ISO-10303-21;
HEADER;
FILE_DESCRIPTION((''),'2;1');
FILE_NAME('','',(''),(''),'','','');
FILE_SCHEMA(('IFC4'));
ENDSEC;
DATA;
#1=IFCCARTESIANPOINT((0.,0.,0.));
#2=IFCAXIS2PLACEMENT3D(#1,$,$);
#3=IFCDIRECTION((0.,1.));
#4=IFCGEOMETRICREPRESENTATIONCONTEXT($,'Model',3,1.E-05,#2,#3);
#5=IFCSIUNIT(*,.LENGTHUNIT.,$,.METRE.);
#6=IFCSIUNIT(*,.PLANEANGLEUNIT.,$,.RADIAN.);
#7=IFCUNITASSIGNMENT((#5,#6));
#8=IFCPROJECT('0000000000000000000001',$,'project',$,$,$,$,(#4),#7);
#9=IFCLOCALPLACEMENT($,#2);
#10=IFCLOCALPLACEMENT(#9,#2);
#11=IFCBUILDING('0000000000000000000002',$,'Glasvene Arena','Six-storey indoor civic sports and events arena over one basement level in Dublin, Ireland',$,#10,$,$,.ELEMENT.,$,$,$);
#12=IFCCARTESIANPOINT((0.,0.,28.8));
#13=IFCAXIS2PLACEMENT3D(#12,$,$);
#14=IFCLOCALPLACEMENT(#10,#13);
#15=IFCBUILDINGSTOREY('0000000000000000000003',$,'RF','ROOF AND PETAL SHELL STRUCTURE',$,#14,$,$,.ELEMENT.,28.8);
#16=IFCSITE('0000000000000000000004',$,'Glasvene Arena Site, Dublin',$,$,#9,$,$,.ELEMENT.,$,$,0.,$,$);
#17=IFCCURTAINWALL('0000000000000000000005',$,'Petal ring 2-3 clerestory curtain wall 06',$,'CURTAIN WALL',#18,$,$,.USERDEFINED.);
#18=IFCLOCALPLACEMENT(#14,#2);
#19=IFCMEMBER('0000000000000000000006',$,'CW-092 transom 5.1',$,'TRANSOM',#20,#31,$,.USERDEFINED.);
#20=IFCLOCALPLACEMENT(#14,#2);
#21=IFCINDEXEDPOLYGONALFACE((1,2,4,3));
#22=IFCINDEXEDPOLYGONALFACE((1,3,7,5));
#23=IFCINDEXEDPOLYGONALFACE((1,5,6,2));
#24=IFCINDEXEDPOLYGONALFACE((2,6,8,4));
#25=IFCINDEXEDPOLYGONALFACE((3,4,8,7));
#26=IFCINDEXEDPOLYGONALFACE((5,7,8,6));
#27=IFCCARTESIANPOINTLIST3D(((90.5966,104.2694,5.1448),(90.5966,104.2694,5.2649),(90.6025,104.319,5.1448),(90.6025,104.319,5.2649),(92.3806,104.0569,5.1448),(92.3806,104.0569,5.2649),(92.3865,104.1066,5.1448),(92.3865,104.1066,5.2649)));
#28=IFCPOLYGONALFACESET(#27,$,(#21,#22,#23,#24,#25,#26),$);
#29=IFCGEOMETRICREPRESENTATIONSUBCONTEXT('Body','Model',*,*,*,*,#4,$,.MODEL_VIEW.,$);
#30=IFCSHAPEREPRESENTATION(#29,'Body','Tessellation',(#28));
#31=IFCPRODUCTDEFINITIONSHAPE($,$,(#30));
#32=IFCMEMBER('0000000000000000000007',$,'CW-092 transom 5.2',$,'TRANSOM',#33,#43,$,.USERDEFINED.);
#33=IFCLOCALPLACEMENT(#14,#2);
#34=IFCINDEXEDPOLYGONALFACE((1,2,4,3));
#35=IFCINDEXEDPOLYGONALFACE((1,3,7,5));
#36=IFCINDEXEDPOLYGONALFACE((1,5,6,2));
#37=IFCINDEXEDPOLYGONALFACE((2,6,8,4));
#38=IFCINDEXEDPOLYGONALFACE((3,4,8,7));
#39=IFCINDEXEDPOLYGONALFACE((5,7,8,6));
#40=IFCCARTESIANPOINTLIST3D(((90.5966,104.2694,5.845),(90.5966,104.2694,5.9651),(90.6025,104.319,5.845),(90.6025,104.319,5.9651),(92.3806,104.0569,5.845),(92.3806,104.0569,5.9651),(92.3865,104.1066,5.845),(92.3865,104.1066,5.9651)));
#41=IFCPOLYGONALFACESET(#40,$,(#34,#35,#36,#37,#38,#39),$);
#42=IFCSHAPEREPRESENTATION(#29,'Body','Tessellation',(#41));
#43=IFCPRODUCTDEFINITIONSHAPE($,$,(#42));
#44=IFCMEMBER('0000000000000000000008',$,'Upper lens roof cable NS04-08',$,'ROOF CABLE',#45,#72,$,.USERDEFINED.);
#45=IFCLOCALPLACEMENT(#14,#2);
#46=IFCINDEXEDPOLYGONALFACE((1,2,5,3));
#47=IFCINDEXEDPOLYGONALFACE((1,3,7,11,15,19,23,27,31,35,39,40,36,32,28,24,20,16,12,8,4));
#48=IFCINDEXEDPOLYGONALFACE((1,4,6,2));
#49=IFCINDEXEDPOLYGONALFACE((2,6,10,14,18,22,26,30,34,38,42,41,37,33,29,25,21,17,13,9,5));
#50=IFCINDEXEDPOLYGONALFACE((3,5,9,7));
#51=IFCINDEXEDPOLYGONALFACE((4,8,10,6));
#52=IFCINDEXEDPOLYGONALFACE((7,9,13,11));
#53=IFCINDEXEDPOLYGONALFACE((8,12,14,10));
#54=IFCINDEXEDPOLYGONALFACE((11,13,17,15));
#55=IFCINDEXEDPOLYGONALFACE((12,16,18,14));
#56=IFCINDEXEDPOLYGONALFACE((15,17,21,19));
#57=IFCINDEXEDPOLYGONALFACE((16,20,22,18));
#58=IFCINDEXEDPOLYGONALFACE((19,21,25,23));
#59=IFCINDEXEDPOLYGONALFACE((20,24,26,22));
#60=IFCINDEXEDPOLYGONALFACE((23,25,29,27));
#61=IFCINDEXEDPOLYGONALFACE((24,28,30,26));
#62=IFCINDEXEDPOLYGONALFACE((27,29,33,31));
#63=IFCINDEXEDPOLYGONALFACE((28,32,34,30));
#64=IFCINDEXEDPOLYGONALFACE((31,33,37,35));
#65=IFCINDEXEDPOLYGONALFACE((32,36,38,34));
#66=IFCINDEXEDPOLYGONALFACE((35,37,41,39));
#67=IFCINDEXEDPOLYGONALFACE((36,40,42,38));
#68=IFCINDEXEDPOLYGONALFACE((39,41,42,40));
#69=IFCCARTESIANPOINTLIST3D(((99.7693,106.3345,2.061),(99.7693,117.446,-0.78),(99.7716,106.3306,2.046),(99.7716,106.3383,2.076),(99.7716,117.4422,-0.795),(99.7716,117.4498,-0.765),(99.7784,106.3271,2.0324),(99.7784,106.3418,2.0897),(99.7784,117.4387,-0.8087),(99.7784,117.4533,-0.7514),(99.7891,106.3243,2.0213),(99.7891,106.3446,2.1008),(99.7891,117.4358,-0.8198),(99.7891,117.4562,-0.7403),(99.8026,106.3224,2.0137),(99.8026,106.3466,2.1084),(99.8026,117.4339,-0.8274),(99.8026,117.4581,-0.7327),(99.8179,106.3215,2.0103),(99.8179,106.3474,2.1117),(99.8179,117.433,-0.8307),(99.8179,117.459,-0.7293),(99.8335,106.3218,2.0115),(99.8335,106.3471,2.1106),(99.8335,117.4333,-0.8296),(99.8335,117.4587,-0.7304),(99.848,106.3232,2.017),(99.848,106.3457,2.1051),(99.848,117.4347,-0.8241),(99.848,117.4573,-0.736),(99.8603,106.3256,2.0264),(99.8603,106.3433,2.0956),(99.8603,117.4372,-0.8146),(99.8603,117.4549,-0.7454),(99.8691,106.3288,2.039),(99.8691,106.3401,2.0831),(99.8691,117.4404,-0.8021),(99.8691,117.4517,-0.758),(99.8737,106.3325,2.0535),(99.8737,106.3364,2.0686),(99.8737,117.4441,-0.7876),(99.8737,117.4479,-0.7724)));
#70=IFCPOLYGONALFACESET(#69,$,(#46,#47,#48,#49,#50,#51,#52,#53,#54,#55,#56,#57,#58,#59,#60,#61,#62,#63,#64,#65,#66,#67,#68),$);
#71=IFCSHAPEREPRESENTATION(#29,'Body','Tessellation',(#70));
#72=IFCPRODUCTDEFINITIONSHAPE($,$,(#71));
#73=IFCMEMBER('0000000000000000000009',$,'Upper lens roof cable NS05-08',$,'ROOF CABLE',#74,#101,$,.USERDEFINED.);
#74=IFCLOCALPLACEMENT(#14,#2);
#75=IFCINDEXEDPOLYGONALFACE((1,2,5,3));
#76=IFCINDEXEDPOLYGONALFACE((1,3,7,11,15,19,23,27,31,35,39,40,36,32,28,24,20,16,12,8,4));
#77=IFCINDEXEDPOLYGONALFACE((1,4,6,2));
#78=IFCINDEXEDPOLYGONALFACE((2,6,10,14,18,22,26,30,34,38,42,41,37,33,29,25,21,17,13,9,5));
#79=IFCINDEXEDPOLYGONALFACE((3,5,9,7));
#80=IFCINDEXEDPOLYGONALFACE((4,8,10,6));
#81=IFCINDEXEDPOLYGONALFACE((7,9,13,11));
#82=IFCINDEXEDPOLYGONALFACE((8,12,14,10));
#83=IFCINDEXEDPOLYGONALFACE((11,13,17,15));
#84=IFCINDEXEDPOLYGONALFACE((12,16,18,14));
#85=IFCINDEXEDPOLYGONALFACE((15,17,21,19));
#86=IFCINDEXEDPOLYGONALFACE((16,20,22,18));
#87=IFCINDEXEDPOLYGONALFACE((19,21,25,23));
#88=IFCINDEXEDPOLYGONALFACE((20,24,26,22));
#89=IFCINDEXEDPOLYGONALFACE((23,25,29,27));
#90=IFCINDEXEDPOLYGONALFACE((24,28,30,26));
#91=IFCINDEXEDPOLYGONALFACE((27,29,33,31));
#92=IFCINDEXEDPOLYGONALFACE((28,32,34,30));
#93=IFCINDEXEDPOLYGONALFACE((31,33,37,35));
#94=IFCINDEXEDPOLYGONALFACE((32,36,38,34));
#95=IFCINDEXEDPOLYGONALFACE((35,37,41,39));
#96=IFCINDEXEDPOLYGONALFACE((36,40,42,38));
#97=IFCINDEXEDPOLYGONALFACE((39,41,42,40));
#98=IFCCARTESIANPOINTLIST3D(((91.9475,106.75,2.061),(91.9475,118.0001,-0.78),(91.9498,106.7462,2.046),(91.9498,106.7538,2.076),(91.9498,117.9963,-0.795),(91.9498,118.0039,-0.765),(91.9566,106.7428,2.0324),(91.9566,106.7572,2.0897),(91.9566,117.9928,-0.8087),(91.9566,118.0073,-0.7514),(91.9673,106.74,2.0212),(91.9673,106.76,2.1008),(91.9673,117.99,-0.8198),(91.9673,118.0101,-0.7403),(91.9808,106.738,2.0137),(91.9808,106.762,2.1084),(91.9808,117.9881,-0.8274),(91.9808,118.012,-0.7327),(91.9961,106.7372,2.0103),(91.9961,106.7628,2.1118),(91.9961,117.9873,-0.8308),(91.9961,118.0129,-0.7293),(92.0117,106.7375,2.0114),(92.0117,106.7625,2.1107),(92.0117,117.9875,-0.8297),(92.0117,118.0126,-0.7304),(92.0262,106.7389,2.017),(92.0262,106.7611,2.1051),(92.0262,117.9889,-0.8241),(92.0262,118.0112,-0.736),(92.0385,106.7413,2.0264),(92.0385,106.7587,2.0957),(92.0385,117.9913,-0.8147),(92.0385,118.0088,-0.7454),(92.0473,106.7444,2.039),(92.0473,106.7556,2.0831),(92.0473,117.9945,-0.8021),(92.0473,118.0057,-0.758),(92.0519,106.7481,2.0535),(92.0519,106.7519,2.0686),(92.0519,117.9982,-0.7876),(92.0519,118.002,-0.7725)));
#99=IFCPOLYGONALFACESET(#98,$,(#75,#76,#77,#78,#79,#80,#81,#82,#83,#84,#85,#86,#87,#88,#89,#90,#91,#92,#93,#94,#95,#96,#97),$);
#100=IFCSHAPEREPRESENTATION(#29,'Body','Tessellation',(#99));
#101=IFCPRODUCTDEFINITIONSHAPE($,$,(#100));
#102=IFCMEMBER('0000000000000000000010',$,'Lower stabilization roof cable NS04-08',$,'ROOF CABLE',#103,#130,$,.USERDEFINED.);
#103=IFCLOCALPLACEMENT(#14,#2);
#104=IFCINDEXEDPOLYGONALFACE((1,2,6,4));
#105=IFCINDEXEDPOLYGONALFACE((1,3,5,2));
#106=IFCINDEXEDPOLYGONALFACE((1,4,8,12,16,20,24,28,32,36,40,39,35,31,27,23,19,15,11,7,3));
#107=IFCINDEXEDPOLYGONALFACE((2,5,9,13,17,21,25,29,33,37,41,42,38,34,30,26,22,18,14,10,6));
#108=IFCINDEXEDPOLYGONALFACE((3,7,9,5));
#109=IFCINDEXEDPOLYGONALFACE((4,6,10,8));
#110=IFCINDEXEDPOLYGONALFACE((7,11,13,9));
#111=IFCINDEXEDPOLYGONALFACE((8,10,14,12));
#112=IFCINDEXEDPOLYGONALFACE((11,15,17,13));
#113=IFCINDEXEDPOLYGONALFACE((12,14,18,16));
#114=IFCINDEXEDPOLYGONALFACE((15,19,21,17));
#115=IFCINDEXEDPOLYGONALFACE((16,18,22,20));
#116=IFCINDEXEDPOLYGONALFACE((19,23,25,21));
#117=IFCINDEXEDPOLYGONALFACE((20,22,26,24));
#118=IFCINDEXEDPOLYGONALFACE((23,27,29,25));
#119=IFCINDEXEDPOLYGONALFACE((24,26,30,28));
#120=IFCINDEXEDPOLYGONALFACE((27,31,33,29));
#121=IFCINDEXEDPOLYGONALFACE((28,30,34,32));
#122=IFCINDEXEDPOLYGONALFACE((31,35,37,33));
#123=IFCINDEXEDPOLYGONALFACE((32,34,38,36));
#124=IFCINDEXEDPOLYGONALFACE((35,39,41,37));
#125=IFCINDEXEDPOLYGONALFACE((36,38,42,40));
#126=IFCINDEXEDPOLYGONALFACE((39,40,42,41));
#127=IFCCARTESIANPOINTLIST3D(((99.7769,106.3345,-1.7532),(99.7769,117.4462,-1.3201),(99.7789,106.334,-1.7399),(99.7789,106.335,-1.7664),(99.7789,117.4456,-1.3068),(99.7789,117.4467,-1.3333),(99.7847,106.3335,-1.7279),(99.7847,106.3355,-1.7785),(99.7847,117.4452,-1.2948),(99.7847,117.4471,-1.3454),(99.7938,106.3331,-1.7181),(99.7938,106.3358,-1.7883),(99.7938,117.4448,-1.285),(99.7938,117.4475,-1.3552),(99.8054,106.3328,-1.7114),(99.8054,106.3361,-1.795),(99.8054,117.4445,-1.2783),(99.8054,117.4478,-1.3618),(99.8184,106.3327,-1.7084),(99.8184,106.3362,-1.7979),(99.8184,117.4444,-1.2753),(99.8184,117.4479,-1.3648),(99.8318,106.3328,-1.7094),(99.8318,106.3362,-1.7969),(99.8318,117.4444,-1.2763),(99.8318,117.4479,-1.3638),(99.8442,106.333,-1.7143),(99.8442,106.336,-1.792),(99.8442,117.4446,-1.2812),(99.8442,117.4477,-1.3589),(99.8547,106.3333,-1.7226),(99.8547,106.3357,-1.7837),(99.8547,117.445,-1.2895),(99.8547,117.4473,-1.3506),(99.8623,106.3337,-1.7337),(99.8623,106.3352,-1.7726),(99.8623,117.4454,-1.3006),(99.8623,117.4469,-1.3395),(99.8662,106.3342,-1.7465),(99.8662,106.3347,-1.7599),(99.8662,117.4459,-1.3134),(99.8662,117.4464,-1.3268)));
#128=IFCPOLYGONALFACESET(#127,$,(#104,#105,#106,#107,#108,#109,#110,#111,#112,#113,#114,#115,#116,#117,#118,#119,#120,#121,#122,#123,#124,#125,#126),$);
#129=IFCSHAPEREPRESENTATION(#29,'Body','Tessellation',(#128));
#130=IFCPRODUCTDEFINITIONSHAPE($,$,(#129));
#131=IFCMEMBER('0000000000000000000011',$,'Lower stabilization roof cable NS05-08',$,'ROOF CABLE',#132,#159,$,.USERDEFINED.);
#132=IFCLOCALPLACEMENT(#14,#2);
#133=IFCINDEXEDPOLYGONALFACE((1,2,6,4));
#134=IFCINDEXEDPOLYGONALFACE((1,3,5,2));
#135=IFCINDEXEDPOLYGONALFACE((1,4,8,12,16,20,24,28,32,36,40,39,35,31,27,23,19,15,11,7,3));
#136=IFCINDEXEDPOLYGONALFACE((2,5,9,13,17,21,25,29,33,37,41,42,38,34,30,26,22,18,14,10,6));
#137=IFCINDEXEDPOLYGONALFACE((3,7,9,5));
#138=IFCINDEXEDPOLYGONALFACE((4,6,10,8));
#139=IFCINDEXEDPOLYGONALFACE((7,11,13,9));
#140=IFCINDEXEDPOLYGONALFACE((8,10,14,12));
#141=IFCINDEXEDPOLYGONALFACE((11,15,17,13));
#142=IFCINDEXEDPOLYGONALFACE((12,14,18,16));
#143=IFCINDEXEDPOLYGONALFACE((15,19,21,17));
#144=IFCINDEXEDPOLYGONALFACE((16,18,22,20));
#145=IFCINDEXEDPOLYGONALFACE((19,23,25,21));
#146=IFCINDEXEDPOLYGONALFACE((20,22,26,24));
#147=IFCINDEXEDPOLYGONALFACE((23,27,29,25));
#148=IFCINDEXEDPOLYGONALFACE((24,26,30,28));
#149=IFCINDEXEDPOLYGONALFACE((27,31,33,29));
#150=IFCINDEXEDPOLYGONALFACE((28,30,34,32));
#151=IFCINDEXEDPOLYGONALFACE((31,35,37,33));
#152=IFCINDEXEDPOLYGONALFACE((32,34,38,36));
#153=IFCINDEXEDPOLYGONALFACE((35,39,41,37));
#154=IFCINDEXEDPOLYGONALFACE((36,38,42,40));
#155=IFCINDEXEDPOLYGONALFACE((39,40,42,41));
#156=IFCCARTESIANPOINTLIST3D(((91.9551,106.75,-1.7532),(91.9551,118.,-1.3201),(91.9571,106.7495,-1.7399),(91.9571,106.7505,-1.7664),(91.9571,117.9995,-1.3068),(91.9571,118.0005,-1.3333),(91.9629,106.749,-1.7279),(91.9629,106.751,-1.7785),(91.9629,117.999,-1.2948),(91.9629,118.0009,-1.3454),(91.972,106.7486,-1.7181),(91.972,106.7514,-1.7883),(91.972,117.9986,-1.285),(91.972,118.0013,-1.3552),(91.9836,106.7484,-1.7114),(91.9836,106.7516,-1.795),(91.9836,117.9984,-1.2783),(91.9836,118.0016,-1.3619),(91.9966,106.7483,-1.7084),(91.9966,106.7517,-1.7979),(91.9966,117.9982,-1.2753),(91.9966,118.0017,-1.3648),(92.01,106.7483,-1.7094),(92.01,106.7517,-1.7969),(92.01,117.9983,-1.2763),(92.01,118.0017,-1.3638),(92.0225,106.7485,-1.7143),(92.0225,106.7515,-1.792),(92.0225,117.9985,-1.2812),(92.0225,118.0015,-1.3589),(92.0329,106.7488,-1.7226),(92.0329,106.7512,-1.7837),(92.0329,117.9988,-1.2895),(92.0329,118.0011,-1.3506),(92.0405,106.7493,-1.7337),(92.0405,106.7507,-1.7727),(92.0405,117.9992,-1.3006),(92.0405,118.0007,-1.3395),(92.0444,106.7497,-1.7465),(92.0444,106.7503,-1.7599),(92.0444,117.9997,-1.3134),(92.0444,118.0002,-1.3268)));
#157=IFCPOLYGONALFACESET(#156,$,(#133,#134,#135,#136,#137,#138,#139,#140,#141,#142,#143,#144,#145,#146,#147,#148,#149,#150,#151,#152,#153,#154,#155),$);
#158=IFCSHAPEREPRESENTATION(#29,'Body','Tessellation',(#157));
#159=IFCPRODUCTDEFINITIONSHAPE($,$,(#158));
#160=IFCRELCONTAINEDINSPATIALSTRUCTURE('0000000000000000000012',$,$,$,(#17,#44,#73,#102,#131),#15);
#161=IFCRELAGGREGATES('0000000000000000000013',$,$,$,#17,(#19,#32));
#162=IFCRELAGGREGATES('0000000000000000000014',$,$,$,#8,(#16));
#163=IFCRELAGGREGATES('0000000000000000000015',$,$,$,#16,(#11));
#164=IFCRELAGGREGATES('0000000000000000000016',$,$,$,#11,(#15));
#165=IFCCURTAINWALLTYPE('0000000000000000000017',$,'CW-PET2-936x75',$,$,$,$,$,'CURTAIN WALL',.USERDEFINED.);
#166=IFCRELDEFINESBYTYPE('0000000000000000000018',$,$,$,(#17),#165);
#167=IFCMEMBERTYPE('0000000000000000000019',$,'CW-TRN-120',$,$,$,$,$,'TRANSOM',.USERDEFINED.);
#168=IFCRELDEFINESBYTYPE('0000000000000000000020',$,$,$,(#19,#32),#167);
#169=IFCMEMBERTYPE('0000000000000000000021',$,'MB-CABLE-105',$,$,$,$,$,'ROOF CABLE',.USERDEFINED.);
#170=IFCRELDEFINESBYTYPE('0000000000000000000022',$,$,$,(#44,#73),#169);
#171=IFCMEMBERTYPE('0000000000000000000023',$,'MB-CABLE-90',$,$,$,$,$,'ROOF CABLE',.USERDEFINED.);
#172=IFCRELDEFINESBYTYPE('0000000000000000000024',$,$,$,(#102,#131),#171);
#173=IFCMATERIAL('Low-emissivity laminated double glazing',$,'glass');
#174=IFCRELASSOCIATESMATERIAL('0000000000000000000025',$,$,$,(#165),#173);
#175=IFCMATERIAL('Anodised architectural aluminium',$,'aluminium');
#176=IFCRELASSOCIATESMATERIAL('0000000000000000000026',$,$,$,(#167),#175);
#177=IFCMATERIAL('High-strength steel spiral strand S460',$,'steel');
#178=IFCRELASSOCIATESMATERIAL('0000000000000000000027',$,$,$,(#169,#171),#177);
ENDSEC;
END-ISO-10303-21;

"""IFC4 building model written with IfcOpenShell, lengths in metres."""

from ifc_helpers import new_model, si_unit, direction, frame, origin, origin_2d, place, context, subcontext, project, spatial, rectangle, circle, extrude, material, material_profile, profile_set, type_object, element, aggregate, save


model = new_model("IFC4")

# Units and contexts
model_context = context("Model", 3, precision=1e-05, world=origin(), true_north=direction((0.0, 1.0)))
body_context = subcontext(model_context, "Body", "Model", "MODEL_VIEW")
ifc_project = project(units=[si_unit("LENGTHUNIT", "METRE"), si_unit("PLANEANGLEUNIT", "RADIAN")], contexts=[model_context])

# Site, building, storey
site_placement = place(None, origin())
site = spatial("IfcSite", under=ifc_project, at=site_placement, Name="Glasvene Arena Site, Dublin", CompositionType="ELEMENT", RefElevation=0.0)
building_placement = place(site_placement, origin())
building = spatial("IfcBuilding", under=site, at=building_placement, Name="Glasvene Arena", Description="Six-storey indoor civic sports and events arena over one basement level in Dublin, Ireland", CompositionType="ELEMENT")
storey_placement = place(building_placement, frame((0.0, 0.0, 28.8)))
storey = spatial("IfcBuildingStorey", under=building, at=storey_placement, Name="RF", Description="ROOF AND PETAL SHELL STRUCTURE", CompositionType="ELEMENT", Elevation=28.8)

# Curtain wall
ifc_material_1 = material(Name="Low-emissivity laminated double glazing", Category="glass")
ifc_material_2 = material(Name="Anodised architectural aluminium", Category="aluminium")
curtain_wall_type_1 = type_object("IfcCurtainWallType", Name="CW-PET2-936x75", ElementType="CURTAIN WALL", PredefinedType="USERDEFINED", material=ifc_material_1)
curtain_wall_1_placement = place(storey_placement, frame((99.8416, 103.1943, 0.0)))
curtain_wall_1 = element("IfcCurtainWall", 1, at=curtain_wall_1_placement, inside=storey, type_object=curtain_wall_type_1, Name="Petal ring 2-3 clerestory curtain wall 06", ObjectType="CURTAIN WALL", PredefinedType="USERDEFINED")

# Members
ifc_material_profile_1 = material_profile(ifc_material_2, rectangle(XDim=0.05, YDim=0.1201, at=origin_2d()), Name="ALU TRANSOM 50x120")
ifc_profile_set_1 = profile_set([ifc_material_profile_1], Name="Anodised architectural aluminium")
member_type_1 = type_object("IfcMemberType", Name="CW-TRN-120", ElementType="TRANSOM", PredefinedType="USERDEFINED", material=ifc_profile_set_1)
member_1_placement = place(storey_placement, frame((92.3835, 104.0818, 5.2048), z_axis=(-0.992986, 0.118229, 0.0), x_axis=(-0.118229, -0.992986, 0.0)))
member_1 = element("IfcMember", 2, at=member_1_placement, type_object=member_type_1, Name="CW-092 transom 5.1", ObjectType="TRANSOM", PredefinedType="USERDEFINED", context=body_context, shape_type="SweptSolid", body=[
    extrude(rectangle(XDim=0.05, YDim=0.1201, at=origin_2d()), origin(), (0.0, 0.0, 1.0), 1.7966),
])
member_2_placement = place(storey_placement, frame((92.3835, 104.0818, 5.905), z_axis=(-0.992986, 0.118229, 0.0), x_axis=(-0.118229, -0.992986, 0.0)))
member_2 = element("IfcMember", 3, at=member_2_placement, type_object=member_type_1, Name="CW-092 transom 5.2", ObjectType="TRANSOM", PredefinedType="USERDEFINED", context=body_context, shape_type="SweptSolid", body=[
    extrude(rectangle(XDim=0.05, YDim=0.1201, at=origin_2d()), origin(), (0.0, 0.0, 1.0), 1.7966),
])

# Members
ifc_material_3 = material(Name="High-strength steel spiral strand S460", Category="steel")
ifc_material_profile_2 = material_profile(ifc_material_3, circle(Radius=0.0525, at=origin_2d()), Name="LCSS D105")
ifc_profile_set_2 = profile_set([ifc_material_profile_2], Name="High-strength steel spiral strand S460")
member_type_2 = type_object("IfcMemberType", Name="MB-CABLE-105", ElementType="ROOF CABLE", PredefinedType="USERDEFINED", material=ifc_profile_set_2)
member_3_placement = place(storey_placement, frame((99.8218, 106.3345, 2.061), z_axis=(0.0, 0.968833, -0.247716), x_axis=(-1.0, 0.0, 0.0)))
element("IfcMember", 4, at=member_3_placement, inside=storey, type_object=member_type_2, Name="Upper lens roof cable NS04-08", ObjectType="ROOF CABLE", PredefinedType="USERDEFINED", context=body_context, shape_type="SweptSolid", body=[
    extrude(circle(Radius=0.0525, at=origin_2d()), origin(), (0.0, 0.0, 1.0), 11.469),
])
member_4_placement = place(storey_placement, frame((92.0, 106.75, 2.061), z_axis=(0.0, 0.96956, -0.244852), x_axis=(-1.0, 0.0, 0.0)))
element("IfcMember", 5, at=member_4_placement, inside=storey, type_object=member_type_2, Name="Upper lens roof cable NS05-08", ObjectType="ROOF CABLE", PredefinedType="USERDEFINED", context=body_context, shape_type="SweptSolid", body=[
    extrude(circle(Radius=0.0525, at=origin_2d()), origin(), (0.0, 0.0, 1.0), 11.6033),
])
ifc_material_profile_3 = material_profile(ifc_material_3, circle(Radius=0.0449, at=origin_2d()), Name="LCSS D90")
ifc_profile_set_3 = profile_set([ifc_material_profile_3], Name="High-strength steel spiral strand S460")
member_type_3 = type_object("IfcMemberType", Name="MB-CABLE-90", ElementType="ROOF CABLE", PredefinedType="USERDEFINED", material=ifc_profile_set_3)
member_5_placement = place(storey_placement, frame((99.8218, 106.3345, -1.7532), z_axis=(0.0, 0.999241, 0.038948), x_axis=(-1.0, 0.0, 0.0)))
element("IfcMember", 6, at=member_5_placement, inside=storey, type_object=member_type_3, Name="Lower stabilization roof cable NS04-08", ObjectType="ROOF CABLE", PredefinedType="USERDEFINED", context=body_context, shape_type="SweptSolid", body=[
    extrude(circle(Radius=0.0449, at=origin_2d()), origin(), (0.0, 0.0, 1.0), 11.1201),
])
member_6_placement = place(storey_placement, frame((92.0, 106.75, -1.7532), z_axis=(0.0, 0.99926, 0.03847), x_axis=(-1.0, 0.0, 0.0)))
element("IfcMember", 7, at=member_6_placement, inside=storey, type_object=member_type_3, Name="Lower stabilization roof cable NS05-08", ObjectType="ROOF CABLE", PredefinedType="USERDEFINED", context=body_context, shape_type="SweptSolid", body=[
    extrude(circle(Radius=0.0449, at=origin_2d()), origin(), (0.0, 0.0, 1.0), 11.2583),
])

aggregate(curtain_wall_1, [member_1, member_2])

save(model, "model.ifc")
